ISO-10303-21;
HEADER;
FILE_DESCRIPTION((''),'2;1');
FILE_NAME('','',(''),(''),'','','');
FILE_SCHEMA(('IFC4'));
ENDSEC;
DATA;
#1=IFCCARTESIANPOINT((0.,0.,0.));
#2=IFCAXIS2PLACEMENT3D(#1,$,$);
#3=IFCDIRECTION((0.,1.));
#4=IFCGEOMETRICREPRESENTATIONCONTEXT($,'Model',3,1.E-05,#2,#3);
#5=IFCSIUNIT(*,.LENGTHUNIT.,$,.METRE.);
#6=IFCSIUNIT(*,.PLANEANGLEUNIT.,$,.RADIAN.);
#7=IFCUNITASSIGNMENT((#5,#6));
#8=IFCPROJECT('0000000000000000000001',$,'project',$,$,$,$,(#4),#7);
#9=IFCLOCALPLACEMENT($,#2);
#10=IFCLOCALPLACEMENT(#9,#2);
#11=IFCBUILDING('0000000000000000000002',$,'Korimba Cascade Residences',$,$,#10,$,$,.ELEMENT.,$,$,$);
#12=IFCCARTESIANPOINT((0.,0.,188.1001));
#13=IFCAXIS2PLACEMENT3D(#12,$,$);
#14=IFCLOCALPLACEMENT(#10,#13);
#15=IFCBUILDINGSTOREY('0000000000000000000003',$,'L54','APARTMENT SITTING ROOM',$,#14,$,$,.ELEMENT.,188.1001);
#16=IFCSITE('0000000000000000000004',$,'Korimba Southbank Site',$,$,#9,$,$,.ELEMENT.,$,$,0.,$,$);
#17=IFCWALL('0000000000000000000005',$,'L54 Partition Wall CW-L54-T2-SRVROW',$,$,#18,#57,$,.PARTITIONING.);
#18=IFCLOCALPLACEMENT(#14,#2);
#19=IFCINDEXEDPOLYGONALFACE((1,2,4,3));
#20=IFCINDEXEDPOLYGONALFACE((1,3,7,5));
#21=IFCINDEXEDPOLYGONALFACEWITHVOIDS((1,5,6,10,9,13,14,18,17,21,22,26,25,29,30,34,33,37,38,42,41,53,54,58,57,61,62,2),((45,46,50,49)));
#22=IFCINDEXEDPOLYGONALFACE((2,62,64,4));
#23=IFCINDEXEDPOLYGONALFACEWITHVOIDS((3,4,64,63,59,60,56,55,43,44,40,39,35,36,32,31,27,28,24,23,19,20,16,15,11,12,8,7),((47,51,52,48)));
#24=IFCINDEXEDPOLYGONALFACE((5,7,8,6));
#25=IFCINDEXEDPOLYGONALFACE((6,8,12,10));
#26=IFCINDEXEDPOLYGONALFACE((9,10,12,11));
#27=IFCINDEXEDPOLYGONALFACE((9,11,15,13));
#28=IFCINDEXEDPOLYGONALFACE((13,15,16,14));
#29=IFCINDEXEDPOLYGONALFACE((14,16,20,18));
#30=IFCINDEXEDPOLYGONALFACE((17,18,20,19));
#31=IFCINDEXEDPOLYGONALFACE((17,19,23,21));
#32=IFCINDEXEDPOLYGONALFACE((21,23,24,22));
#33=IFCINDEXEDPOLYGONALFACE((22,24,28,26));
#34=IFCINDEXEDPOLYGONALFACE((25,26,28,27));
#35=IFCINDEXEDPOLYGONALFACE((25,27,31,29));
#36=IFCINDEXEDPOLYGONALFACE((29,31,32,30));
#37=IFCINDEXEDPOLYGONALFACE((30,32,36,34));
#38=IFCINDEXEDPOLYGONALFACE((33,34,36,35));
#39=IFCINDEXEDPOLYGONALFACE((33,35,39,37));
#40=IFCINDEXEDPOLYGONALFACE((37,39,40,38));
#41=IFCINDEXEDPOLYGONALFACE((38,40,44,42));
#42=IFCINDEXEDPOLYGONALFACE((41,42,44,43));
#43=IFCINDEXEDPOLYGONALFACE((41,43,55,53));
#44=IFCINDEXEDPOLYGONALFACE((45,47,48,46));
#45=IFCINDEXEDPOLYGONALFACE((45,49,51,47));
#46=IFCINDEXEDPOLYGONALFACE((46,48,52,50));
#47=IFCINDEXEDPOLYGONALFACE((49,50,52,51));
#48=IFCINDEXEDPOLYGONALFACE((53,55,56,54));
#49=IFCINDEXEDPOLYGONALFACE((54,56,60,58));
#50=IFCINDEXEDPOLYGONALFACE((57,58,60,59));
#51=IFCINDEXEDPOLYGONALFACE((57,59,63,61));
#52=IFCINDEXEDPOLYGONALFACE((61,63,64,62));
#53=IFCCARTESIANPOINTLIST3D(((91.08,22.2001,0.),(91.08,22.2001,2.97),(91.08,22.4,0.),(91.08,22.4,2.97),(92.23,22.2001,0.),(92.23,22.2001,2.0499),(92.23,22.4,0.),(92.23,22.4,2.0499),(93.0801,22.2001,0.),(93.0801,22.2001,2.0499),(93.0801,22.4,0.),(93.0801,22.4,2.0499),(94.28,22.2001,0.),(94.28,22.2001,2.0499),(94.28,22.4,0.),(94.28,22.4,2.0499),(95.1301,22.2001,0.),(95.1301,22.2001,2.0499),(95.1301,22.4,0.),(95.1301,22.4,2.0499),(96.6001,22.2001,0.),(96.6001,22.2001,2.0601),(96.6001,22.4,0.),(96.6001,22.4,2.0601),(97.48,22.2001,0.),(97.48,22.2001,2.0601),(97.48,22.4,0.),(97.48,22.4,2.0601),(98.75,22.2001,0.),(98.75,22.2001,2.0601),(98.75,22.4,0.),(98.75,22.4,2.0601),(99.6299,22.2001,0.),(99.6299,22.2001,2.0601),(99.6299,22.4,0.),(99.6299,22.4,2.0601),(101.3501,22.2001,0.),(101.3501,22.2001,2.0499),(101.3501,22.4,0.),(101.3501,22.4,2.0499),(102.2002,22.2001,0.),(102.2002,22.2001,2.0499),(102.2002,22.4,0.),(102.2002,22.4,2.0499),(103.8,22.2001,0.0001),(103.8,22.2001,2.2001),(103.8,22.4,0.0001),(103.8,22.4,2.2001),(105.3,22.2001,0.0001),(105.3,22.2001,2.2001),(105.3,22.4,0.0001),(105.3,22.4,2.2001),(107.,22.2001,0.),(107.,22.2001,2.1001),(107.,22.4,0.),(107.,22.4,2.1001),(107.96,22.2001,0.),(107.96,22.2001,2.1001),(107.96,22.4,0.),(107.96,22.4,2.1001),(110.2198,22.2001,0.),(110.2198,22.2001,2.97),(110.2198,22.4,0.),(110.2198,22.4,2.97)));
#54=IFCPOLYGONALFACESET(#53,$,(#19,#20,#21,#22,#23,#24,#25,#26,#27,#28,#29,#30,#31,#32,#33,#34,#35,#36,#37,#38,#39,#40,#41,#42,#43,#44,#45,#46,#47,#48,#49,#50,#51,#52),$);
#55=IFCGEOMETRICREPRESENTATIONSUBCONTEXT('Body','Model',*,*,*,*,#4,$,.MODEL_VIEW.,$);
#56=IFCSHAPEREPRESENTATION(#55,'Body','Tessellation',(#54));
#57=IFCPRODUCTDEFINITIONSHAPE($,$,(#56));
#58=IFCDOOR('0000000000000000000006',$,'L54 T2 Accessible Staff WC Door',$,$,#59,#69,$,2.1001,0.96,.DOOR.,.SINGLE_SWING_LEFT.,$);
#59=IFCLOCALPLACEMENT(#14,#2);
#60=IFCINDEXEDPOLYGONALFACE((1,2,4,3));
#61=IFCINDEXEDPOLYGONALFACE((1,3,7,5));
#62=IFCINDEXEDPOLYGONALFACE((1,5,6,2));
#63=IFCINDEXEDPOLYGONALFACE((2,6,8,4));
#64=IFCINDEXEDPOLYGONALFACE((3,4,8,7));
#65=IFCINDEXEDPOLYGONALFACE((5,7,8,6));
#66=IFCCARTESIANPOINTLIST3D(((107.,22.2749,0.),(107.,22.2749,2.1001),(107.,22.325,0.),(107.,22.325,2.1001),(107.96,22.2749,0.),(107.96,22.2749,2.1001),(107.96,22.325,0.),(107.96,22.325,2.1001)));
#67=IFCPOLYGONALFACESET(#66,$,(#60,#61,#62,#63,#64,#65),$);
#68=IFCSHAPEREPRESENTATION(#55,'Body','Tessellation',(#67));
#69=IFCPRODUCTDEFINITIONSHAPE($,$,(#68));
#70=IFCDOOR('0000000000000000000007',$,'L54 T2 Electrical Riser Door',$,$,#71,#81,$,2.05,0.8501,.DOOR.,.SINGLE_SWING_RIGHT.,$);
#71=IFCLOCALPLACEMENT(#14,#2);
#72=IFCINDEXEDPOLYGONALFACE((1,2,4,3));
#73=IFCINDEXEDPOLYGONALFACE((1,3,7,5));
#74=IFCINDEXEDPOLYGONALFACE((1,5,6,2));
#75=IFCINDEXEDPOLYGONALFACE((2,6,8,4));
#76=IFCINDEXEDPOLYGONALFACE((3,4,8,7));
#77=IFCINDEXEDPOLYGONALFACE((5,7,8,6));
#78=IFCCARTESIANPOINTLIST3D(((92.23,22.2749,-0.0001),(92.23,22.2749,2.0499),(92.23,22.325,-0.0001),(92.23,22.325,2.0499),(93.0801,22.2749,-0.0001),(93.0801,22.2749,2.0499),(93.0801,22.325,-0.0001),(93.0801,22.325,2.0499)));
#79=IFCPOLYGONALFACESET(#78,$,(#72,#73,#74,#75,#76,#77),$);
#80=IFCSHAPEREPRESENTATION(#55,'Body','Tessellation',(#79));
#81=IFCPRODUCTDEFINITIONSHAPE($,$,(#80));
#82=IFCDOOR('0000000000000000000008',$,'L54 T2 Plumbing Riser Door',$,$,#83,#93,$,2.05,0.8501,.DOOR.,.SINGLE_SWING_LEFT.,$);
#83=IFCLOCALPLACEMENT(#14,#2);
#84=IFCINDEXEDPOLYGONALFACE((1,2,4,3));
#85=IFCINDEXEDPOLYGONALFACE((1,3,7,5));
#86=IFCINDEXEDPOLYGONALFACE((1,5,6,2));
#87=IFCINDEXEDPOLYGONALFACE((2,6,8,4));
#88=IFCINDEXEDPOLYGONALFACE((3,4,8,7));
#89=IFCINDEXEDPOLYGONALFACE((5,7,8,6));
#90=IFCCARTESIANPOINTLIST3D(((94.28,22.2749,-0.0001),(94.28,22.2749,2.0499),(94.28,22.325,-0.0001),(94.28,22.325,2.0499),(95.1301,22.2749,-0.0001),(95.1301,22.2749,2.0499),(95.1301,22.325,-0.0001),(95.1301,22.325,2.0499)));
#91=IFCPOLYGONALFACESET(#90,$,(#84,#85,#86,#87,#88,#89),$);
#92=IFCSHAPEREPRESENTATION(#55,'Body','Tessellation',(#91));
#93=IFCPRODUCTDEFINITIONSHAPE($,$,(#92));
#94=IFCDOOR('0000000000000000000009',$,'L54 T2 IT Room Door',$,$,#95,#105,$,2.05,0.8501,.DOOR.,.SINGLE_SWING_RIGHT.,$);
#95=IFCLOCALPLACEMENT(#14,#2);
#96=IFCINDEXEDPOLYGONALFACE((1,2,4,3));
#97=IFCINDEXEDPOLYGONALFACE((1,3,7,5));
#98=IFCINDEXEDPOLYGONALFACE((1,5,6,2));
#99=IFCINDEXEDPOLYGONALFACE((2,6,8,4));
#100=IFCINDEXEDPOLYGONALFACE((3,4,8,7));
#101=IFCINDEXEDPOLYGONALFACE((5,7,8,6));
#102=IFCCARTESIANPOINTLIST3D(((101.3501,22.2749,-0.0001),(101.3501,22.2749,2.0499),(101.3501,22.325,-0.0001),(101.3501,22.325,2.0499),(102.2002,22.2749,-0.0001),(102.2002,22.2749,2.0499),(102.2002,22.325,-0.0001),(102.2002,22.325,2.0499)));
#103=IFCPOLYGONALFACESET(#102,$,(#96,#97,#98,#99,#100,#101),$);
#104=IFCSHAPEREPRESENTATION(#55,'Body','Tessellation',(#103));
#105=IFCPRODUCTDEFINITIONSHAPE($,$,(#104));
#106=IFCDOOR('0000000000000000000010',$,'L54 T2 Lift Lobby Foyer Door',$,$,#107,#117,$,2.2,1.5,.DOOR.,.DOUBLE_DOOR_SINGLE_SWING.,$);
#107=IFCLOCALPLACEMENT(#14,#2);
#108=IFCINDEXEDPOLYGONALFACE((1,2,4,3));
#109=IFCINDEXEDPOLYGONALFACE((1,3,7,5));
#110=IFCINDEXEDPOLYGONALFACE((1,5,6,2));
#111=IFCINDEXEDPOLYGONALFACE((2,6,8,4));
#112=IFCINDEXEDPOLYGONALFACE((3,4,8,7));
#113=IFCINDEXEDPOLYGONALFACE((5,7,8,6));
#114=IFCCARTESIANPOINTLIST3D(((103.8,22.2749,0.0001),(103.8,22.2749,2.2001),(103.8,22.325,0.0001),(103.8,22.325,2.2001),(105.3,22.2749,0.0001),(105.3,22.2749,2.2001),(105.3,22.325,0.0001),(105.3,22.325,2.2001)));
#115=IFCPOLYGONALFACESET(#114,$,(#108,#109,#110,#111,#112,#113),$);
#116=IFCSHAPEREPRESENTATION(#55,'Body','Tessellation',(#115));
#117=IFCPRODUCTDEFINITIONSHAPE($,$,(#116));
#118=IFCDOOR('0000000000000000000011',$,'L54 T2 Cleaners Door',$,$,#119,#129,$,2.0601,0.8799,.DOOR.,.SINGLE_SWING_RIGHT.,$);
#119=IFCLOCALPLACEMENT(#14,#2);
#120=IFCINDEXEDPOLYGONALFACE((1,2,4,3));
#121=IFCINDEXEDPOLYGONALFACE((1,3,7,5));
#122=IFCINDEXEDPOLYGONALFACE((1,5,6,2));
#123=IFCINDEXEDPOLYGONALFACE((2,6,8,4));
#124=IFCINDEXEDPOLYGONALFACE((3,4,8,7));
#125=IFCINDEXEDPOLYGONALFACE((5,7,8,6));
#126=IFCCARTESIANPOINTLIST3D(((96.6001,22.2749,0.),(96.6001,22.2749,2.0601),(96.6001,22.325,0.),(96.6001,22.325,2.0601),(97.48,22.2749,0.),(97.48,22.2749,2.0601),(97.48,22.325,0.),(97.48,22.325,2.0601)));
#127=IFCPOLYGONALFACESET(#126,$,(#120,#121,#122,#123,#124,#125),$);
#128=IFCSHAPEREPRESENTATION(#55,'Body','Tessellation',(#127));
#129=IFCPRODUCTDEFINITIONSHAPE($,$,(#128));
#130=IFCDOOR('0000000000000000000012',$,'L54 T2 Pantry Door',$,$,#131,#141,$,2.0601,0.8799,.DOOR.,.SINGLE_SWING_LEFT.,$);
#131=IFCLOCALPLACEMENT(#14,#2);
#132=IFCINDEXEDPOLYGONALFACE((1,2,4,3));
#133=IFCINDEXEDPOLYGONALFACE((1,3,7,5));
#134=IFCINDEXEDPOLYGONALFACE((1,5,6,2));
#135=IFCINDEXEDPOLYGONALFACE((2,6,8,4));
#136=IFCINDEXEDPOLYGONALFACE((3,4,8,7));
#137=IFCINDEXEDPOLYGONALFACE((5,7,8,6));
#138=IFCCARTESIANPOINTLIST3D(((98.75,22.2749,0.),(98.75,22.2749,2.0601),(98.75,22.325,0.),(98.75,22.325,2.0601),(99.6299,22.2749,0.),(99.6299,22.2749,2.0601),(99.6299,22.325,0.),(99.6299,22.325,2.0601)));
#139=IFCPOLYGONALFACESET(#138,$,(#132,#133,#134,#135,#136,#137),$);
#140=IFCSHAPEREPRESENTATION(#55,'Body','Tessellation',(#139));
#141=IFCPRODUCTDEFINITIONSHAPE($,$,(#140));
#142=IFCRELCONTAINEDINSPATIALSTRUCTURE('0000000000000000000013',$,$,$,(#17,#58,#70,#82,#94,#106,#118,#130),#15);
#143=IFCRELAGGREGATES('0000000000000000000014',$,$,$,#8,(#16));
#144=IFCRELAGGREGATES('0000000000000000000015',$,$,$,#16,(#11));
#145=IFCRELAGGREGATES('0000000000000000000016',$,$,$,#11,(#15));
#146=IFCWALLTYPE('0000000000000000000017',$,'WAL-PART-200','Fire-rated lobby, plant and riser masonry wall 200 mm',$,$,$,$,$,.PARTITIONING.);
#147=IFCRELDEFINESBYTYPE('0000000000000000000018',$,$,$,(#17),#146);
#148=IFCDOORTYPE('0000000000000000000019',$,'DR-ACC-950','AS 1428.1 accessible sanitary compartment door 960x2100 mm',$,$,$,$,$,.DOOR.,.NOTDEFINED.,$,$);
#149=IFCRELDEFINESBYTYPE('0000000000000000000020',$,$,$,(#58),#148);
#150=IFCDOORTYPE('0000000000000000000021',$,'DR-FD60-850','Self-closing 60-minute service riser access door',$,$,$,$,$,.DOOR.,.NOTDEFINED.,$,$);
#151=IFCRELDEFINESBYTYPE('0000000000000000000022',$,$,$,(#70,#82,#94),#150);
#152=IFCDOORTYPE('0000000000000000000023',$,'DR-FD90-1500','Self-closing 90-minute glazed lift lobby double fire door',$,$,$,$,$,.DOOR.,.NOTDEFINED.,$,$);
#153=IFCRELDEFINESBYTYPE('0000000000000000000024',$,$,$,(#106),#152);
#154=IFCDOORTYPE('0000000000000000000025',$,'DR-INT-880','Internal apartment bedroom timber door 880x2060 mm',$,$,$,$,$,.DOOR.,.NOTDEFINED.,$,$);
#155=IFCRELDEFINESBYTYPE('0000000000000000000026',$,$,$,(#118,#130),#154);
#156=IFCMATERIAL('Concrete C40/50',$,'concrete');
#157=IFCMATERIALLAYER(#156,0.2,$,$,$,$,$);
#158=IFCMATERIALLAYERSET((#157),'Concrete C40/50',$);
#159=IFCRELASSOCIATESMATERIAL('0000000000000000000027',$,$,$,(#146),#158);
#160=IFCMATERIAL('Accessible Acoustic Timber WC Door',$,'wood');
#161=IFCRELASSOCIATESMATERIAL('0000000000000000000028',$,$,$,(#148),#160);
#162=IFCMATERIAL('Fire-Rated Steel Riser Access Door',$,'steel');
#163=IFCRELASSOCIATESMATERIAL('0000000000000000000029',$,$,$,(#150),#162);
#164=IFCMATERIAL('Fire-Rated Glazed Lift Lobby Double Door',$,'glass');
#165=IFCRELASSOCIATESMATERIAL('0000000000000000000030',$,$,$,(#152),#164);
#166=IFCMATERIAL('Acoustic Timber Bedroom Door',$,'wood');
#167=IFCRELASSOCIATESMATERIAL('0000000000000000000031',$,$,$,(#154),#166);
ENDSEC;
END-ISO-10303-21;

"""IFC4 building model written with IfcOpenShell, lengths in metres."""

from ifc_helpers import new_model, si_unit, direction, frame, frame_2d, origin, place, context, subcontext, project, spatial, rectangle, extrude, material, layer, layer_set, type_object, element, fill, save


model = new_model("IFC4")

# Units and contexts
model_context = context("Model", 3, precision=1e-05, world=origin(), true_north=direction((0.0, 1.0)))
body_context = subcontext(model_context, "Body", "Model", "MODEL_VIEW")
ifc_project = project(units=[si_unit("LENGTHUNIT", "METRE"), si_unit("PLANEANGLEUNIT", "RADIAN")], contexts=[model_context])

# Site, building, storey
site_placement = place(None, origin())
site = spatial("IfcSite", under=ifc_project, at=site_placement, Name="Korimba Southbank Site", CompositionType="ELEMENT", RefElevation=0.0)
building_placement = place(site_placement, origin())
building = spatial("IfcBuilding", under=site, at=building_placement, Name="Korimba Cascade Residences", CompositionType="ELEMENT")
storey_placement = place(building_placement, frame((0.0, 0.0, 188.1001)))
storey = spatial("IfcBuildingStorey", under=building, at=storey_placement, Name="L54", Description="APARTMENT SITTING ROOM", CompositionType="ELEMENT", Elevation=188.1001)

# Shared definitions
ifc_material_1 = material(Name="Concrete C40/50", Category="concrete")
ifc_layer_1 = layer(ifc_material_1, 0.2)
ifc_layer_set_1 = layer_set([ifc_layer_1], Name="Concrete C40/50")
wall_type_1 = type_object("IfcWallType", Name="WAL-PART-200", Description="Fire-rated lobby, plant and riser masonry wall 200 mm", PredefinedType="PARTITIONING", material=ifc_layer_set_1)

# Wall, openings, doors
wall_1_placement = place(storey_placement, frame((91.0801, 22.3, 0.0), z_axis=(0.0, 0.0, 1.0), x_axis=(1.0, 0.0, 0.0)))
wall_1 = element("IfcWall", 1, at=wall_1_placement, inside=storey, type_object=wall_type_1, Name="L54 Partition Wall CW-L54-T2-SRVROW", PredefinedType="PARTITIONING", context=body_context, shape_type="SweptSolid", body=[
    extrude(rectangle(XDim=19.1399, YDim=0.2, at=frame_2d((9.5698, 0.0))), origin(), (0.0, 0.0, 1.0), 2.97),
])
opening_1_placement = place(wall_1_placement, frame((1.1499, 0.0, 0.0)))
opening_1 = element("IfcOpeningElement", 2, at=opening_1_placement, cuts=wall_1, PredefinedType="OPENING", context=body_context, shape_type="SweptSolid", body=[
    extrude(rectangle(XDim=0.8501, YDim=2.05, at=frame_2d((0.425, 1.0249))), frame((0.0, 0.1099, 0.0), z_axis=(0.0, -1.0, 0.0), x_axis=(1.0, 0.0, 0.0)), (0.0, 0.0, 1.0), 0.22),
])
opening_2_placement = place(wall_1_placement, frame((3.2, 0.0, 0.0)))
opening_2 = element("IfcOpeningElement", 3, at=opening_2_placement, cuts=wall_1, PredefinedType="OPENING", context=body_context, shape_type="SweptSolid", body=[
    extrude(rectangle(XDim=0.8501, YDim=2.05, at=frame_2d((0.425, 1.0249))), frame((0.0, 0.1099, 0.0), z_axis=(0.0, -1.0, 0.0), x_axis=(1.0, 0.0, 0.0)), (0.0, 0.0, 1.0), 0.22),
])
opening_3_placement = place(wall_1_placement, frame((12.72, 0.0, 0.0)))
opening_3 = element("IfcOpeningElement", 4, at=opening_3_placement, cuts=wall_1, PredefinedType="OPENING", context=body_context, shape_type="SweptSolid", body=[
    extrude(rectangle(XDim=1.5, YDim=2.2, at=frame_2d((0.75, 1.1001))), frame((0.0, 0.1099, 0.0), z_axis=(0.0, -1.0, 0.0), x_axis=(1.0, 0.0, 0.0)), (0.0, 0.0, 1.0), 0.22),
])
opening_4_placement = place(wall_1_placement, frame((5.52, 0.0, 0.0)))
opening_4 = element("IfcOpeningElement", 5, at=opening_4_placement, cuts=wall_1, PredefinedType="OPENING", context=body_context, shape_type="SweptSolid", body=[
    extrude(rectangle(XDim=0.8799, YDim=2.0601, at=frame_2d((0.4399, 1.03))), frame((0.0, 0.1099, 0.0), z_axis=(0.0, -1.0, 0.0), x_axis=(1.0, 0.0, 0.0)), (0.0, 0.0, 1.0), 0.22),
])
opening_5_placement = place(wall_1_placement, frame((7.6699, 0.0, 0.0)))
opening_5 = element("IfcOpeningElement", 6, at=opening_5_placement, cuts=wall_1, PredefinedType="OPENING", context=body_context, shape_type="SweptSolid", body=[
    extrude(rectangle(XDim=0.8799, YDim=2.0601, at=frame_2d((0.4399, 1.03))), frame((0.0, 0.1099, 0.0), z_axis=(0.0, -1.0, 0.0), x_axis=(1.0, 0.0, 0.0)), (0.0, 0.0, 1.0), 0.22),
])
opening_6_placement = place(wall_1_placement, frame((10.27, 0.0, 0.0)))
opening_6 = element("IfcOpeningElement", 7, at=opening_6_placement, cuts=wall_1, PredefinedType="OPENING", context=body_context, shape_type="SweptSolid", body=[
    extrude(rectangle(XDim=0.8501, YDim=2.05, at=frame_2d((0.425, 1.0249))), frame((0.0, 0.1099, 0.0), z_axis=(0.0, -1.0, 0.0), x_axis=(1.0, 0.0, 0.0)), (0.0, 0.0, 1.0), 0.22),
])
opening_7_placement = place(wall_1_placement, frame((15.9199, 0.0, 0.0)))
opening_7 = element("IfcOpeningElement", 8, at=opening_7_placement, cuts=wall_1, PredefinedType="OPENING", context=body_context, shape_type="SweptSolid", body=[
    extrude(rectangle(XDim=0.96, YDim=2.1001, at=frame_2d((0.48, 1.05))), frame((0.0, 0.1099, 0.0), z_axis=(0.0, -1.0, 0.0), x_axis=(1.0, 0.0, 0.0)), (0.0, 0.0, 1.0), 0.22),
])
ifc_material_2 = material(Name="Accessible Acoustic Timber WC Door", Category="wood")
door_type_1 = type_object("IfcDoorType", Name="DR-ACC-950", Description="AS 1428.1 accessible sanitary compartment door 960x2100 mm", OperationType="NOTDEFINED", PredefinedType="DOOR", material=ifc_material_2)
door_1_placement = place(opening_7_placement, origin())
door_1 = element("IfcDoor", 9, at=door_1_placement, inside=storey, type_object=door_type_1, Name="L54 T2 Accessible Staff WC Door", OperationType="SINGLE_SWING_LEFT", OverallHeight=2.1001, OverallWidth=0.96, PredefinedType="DOOR", context=body_context, shape_type="SweptSolid", body=[
    extrude(rectangle(XDim=0.96, YDim=2.1001, at=frame_2d((0.48, 1.05))), frame((0.0, 0.0249, 0.0), z_axis=(0.0, -1.0, 0.0), x_axis=(1.0, 0.0, 0.0)), (0.0, 0.0, 1.0), 0.05),
])
fill(opening_7, door_1)
ifc_material_3 = material(Name="Fire-Rated Steel Riser Access Door", Category="steel")
door_type_2 = type_object("IfcDoorType", Name="DR-FD60-850", Description="Self-closing 60-minute service riser access door", OperationType="NOTDEFINED", PredefinedType="DOOR", material=ifc_material_3)
door_2_placement = place(opening_1_placement, origin())
door_2 = element("IfcDoor", 10, at=door_2_placement, inside=storey, type_object=door_type_2, Name="L54 T2 Electrical Riser Door", OperationType="SINGLE_SWING_RIGHT", OverallHeight=2.05, OverallWidth=0.8501, PredefinedType="DOOR", context=body_context, shape_type="SweptSolid", body=[
    extrude(rectangle(XDim=0.8501, YDim=2.05, at=frame_2d((0.425, 1.0249))), frame((0.0, 0.0249, 0.0), z_axis=(0.0, -1.0, 0.0), x_axis=(1.0, 0.0, 0.0)), (0.0, 0.0, 1.0), 0.05),
])
fill(opening_1, door_2)
door_3_placement = place(opening_2_placement, origin())
door_3 = element("IfcDoor", 11, at=door_3_placement, inside=storey, type_object=door_type_2, Name="L54 T2 Plumbing Riser Door", OperationType="SINGLE_SWING_LEFT", OverallHeight=2.05, OverallWidth=0.8501, PredefinedType="DOOR", context=body_context, shape_type="SweptSolid", body=[
    extrude(rectangle(XDim=0.8501, YDim=2.05, at=frame_2d((0.425, 1.0249))), frame((0.0, 0.0249, 0.0), z_axis=(0.0, -1.0, 0.0), x_axis=(1.0, 0.0, 0.0)), (0.0, 0.0, 1.0), 0.05),
])
fill(opening_2, door_3)
door_4_placement = place(opening_6_placement, origin())
door_4 = element("IfcDoor", 12, at=door_4_placement, inside=storey, type_object=door_type_2, Name="L54 T2 IT Room Door", OperationType="SINGLE_SWING_RIGHT", OverallHeight=2.05, OverallWidth=0.8501, PredefinedType="DOOR", context=body_context, shape_type="SweptSolid", body=[
    extrude(rectangle(XDim=0.8501, YDim=2.05, at=frame_2d((0.425, 1.0249))), frame((0.0, 0.0249, 0.0), z_axis=(0.0, -1.0, 0.0), x_axis=(1.0, 0.0, 0.0)), (0.0, 0.0, 1.0), 0.05),
])
fill(opening_6, door_4)
ifc_material_4 = material(Name="Fire-Rated Glazed Lift Lobby Double Door", Category="glass")
door_type_3 = type_object("IfcDoorType", Name="DR-FD90-1500", Description="Self-closing 90-minute glazed lift lobby double fire door", OperationType="NOTDEFINED", PredefinedType="DOOR", material=ifc_material_4)
door_5_placement = place(opening_3_placement, origin())
door_5 = element("IfcDoor", 13, at=door_5_placement, inside=storey, type_object=door_type_3, Name="L54 T2 Lift Lobby Foyer Door", OperationType="DOUBLE_DOOR_SINGLE_SWING", OverallHeight=2.2, OverallWidth=1.5, PredefinedType="DOOR", context=body_context, shape_type="SweptSolid", body=[
    extrude(rectangle(XDim=1.5, YDim=2.2, at=frame_2d((0.75, 1.1001))), frame((0.0, 0.0249, 0.0), z_axis=(0.0, -1.0, 0.0), x_axis=(1.0, 0.0, 0.0)), (0.0, 0.0, 1.0), 0.05),
])
fill(opening_3, door_5)
ifc_material_5 = material(Name="Acoustic Timber Bedroom Door", Category="wood")
door_type_4 = type_object("IfcDoorType", Name="DR-INT-880", Description="Internal apartment bedroom timber door 880x2060 mm", OperationType="NOTDEFINED", PredefinedType="DOOR", material=ifc_material_5)
door_6_placement = place(opening_4_placement, origin())
door_6 = element("IfcDoor", 14, at=door_6_placement, inside=storey, type_object=door_type_4, Name="L54 T2 Cleaners Door", OperationType="SINGLE_SWING_RIGHT", OverallHeight=2.0601, OverallWidth=0.8799, PredefinedType="DOOR", context=body_context, shape_type="SweptSolid", body=[
    extrude(rectangle(XDim=0.8799, YDim=2.0601, at=frame_2d((0.4399, 1.03))), frame((0.0, 0.0249, 0.0), z_axis=(0.0, -1.0, 0.0), x_axis=(1.0, 0.0, 0.0)), (0.0, 0.0, 1.0), 0.05),
])
fill(opening_4, door_6)
door_7_placement = place(opening_5_placement, origin())
door_7 = element("IfcDoor", 15, at=door_7_placement, inside=storey, type_object=door_type_4, Name="L54 T2 Pantry Door", OperationType="SINGLE_SWING_LEFT", OverallHeight=2.0601, OverallWidth=0.8799, PredefinedType="DOOR", context=body_context, shape_type="SweptSolid", body=[
    extrude(rectangle(XDim=0.8799, YDim=2.0601, at=frame_2d((0.4399, 1.03))), frame((0.0, 0.0249, 0.0), z_axis=(0.0, -1.0, 0.0), x_axis=(1.0, 0.0, 0.0)), (0.0, 0.0, 1.0), 0.05),
])
fill(opening_5, door_7)

save(model, "model.ifc")
